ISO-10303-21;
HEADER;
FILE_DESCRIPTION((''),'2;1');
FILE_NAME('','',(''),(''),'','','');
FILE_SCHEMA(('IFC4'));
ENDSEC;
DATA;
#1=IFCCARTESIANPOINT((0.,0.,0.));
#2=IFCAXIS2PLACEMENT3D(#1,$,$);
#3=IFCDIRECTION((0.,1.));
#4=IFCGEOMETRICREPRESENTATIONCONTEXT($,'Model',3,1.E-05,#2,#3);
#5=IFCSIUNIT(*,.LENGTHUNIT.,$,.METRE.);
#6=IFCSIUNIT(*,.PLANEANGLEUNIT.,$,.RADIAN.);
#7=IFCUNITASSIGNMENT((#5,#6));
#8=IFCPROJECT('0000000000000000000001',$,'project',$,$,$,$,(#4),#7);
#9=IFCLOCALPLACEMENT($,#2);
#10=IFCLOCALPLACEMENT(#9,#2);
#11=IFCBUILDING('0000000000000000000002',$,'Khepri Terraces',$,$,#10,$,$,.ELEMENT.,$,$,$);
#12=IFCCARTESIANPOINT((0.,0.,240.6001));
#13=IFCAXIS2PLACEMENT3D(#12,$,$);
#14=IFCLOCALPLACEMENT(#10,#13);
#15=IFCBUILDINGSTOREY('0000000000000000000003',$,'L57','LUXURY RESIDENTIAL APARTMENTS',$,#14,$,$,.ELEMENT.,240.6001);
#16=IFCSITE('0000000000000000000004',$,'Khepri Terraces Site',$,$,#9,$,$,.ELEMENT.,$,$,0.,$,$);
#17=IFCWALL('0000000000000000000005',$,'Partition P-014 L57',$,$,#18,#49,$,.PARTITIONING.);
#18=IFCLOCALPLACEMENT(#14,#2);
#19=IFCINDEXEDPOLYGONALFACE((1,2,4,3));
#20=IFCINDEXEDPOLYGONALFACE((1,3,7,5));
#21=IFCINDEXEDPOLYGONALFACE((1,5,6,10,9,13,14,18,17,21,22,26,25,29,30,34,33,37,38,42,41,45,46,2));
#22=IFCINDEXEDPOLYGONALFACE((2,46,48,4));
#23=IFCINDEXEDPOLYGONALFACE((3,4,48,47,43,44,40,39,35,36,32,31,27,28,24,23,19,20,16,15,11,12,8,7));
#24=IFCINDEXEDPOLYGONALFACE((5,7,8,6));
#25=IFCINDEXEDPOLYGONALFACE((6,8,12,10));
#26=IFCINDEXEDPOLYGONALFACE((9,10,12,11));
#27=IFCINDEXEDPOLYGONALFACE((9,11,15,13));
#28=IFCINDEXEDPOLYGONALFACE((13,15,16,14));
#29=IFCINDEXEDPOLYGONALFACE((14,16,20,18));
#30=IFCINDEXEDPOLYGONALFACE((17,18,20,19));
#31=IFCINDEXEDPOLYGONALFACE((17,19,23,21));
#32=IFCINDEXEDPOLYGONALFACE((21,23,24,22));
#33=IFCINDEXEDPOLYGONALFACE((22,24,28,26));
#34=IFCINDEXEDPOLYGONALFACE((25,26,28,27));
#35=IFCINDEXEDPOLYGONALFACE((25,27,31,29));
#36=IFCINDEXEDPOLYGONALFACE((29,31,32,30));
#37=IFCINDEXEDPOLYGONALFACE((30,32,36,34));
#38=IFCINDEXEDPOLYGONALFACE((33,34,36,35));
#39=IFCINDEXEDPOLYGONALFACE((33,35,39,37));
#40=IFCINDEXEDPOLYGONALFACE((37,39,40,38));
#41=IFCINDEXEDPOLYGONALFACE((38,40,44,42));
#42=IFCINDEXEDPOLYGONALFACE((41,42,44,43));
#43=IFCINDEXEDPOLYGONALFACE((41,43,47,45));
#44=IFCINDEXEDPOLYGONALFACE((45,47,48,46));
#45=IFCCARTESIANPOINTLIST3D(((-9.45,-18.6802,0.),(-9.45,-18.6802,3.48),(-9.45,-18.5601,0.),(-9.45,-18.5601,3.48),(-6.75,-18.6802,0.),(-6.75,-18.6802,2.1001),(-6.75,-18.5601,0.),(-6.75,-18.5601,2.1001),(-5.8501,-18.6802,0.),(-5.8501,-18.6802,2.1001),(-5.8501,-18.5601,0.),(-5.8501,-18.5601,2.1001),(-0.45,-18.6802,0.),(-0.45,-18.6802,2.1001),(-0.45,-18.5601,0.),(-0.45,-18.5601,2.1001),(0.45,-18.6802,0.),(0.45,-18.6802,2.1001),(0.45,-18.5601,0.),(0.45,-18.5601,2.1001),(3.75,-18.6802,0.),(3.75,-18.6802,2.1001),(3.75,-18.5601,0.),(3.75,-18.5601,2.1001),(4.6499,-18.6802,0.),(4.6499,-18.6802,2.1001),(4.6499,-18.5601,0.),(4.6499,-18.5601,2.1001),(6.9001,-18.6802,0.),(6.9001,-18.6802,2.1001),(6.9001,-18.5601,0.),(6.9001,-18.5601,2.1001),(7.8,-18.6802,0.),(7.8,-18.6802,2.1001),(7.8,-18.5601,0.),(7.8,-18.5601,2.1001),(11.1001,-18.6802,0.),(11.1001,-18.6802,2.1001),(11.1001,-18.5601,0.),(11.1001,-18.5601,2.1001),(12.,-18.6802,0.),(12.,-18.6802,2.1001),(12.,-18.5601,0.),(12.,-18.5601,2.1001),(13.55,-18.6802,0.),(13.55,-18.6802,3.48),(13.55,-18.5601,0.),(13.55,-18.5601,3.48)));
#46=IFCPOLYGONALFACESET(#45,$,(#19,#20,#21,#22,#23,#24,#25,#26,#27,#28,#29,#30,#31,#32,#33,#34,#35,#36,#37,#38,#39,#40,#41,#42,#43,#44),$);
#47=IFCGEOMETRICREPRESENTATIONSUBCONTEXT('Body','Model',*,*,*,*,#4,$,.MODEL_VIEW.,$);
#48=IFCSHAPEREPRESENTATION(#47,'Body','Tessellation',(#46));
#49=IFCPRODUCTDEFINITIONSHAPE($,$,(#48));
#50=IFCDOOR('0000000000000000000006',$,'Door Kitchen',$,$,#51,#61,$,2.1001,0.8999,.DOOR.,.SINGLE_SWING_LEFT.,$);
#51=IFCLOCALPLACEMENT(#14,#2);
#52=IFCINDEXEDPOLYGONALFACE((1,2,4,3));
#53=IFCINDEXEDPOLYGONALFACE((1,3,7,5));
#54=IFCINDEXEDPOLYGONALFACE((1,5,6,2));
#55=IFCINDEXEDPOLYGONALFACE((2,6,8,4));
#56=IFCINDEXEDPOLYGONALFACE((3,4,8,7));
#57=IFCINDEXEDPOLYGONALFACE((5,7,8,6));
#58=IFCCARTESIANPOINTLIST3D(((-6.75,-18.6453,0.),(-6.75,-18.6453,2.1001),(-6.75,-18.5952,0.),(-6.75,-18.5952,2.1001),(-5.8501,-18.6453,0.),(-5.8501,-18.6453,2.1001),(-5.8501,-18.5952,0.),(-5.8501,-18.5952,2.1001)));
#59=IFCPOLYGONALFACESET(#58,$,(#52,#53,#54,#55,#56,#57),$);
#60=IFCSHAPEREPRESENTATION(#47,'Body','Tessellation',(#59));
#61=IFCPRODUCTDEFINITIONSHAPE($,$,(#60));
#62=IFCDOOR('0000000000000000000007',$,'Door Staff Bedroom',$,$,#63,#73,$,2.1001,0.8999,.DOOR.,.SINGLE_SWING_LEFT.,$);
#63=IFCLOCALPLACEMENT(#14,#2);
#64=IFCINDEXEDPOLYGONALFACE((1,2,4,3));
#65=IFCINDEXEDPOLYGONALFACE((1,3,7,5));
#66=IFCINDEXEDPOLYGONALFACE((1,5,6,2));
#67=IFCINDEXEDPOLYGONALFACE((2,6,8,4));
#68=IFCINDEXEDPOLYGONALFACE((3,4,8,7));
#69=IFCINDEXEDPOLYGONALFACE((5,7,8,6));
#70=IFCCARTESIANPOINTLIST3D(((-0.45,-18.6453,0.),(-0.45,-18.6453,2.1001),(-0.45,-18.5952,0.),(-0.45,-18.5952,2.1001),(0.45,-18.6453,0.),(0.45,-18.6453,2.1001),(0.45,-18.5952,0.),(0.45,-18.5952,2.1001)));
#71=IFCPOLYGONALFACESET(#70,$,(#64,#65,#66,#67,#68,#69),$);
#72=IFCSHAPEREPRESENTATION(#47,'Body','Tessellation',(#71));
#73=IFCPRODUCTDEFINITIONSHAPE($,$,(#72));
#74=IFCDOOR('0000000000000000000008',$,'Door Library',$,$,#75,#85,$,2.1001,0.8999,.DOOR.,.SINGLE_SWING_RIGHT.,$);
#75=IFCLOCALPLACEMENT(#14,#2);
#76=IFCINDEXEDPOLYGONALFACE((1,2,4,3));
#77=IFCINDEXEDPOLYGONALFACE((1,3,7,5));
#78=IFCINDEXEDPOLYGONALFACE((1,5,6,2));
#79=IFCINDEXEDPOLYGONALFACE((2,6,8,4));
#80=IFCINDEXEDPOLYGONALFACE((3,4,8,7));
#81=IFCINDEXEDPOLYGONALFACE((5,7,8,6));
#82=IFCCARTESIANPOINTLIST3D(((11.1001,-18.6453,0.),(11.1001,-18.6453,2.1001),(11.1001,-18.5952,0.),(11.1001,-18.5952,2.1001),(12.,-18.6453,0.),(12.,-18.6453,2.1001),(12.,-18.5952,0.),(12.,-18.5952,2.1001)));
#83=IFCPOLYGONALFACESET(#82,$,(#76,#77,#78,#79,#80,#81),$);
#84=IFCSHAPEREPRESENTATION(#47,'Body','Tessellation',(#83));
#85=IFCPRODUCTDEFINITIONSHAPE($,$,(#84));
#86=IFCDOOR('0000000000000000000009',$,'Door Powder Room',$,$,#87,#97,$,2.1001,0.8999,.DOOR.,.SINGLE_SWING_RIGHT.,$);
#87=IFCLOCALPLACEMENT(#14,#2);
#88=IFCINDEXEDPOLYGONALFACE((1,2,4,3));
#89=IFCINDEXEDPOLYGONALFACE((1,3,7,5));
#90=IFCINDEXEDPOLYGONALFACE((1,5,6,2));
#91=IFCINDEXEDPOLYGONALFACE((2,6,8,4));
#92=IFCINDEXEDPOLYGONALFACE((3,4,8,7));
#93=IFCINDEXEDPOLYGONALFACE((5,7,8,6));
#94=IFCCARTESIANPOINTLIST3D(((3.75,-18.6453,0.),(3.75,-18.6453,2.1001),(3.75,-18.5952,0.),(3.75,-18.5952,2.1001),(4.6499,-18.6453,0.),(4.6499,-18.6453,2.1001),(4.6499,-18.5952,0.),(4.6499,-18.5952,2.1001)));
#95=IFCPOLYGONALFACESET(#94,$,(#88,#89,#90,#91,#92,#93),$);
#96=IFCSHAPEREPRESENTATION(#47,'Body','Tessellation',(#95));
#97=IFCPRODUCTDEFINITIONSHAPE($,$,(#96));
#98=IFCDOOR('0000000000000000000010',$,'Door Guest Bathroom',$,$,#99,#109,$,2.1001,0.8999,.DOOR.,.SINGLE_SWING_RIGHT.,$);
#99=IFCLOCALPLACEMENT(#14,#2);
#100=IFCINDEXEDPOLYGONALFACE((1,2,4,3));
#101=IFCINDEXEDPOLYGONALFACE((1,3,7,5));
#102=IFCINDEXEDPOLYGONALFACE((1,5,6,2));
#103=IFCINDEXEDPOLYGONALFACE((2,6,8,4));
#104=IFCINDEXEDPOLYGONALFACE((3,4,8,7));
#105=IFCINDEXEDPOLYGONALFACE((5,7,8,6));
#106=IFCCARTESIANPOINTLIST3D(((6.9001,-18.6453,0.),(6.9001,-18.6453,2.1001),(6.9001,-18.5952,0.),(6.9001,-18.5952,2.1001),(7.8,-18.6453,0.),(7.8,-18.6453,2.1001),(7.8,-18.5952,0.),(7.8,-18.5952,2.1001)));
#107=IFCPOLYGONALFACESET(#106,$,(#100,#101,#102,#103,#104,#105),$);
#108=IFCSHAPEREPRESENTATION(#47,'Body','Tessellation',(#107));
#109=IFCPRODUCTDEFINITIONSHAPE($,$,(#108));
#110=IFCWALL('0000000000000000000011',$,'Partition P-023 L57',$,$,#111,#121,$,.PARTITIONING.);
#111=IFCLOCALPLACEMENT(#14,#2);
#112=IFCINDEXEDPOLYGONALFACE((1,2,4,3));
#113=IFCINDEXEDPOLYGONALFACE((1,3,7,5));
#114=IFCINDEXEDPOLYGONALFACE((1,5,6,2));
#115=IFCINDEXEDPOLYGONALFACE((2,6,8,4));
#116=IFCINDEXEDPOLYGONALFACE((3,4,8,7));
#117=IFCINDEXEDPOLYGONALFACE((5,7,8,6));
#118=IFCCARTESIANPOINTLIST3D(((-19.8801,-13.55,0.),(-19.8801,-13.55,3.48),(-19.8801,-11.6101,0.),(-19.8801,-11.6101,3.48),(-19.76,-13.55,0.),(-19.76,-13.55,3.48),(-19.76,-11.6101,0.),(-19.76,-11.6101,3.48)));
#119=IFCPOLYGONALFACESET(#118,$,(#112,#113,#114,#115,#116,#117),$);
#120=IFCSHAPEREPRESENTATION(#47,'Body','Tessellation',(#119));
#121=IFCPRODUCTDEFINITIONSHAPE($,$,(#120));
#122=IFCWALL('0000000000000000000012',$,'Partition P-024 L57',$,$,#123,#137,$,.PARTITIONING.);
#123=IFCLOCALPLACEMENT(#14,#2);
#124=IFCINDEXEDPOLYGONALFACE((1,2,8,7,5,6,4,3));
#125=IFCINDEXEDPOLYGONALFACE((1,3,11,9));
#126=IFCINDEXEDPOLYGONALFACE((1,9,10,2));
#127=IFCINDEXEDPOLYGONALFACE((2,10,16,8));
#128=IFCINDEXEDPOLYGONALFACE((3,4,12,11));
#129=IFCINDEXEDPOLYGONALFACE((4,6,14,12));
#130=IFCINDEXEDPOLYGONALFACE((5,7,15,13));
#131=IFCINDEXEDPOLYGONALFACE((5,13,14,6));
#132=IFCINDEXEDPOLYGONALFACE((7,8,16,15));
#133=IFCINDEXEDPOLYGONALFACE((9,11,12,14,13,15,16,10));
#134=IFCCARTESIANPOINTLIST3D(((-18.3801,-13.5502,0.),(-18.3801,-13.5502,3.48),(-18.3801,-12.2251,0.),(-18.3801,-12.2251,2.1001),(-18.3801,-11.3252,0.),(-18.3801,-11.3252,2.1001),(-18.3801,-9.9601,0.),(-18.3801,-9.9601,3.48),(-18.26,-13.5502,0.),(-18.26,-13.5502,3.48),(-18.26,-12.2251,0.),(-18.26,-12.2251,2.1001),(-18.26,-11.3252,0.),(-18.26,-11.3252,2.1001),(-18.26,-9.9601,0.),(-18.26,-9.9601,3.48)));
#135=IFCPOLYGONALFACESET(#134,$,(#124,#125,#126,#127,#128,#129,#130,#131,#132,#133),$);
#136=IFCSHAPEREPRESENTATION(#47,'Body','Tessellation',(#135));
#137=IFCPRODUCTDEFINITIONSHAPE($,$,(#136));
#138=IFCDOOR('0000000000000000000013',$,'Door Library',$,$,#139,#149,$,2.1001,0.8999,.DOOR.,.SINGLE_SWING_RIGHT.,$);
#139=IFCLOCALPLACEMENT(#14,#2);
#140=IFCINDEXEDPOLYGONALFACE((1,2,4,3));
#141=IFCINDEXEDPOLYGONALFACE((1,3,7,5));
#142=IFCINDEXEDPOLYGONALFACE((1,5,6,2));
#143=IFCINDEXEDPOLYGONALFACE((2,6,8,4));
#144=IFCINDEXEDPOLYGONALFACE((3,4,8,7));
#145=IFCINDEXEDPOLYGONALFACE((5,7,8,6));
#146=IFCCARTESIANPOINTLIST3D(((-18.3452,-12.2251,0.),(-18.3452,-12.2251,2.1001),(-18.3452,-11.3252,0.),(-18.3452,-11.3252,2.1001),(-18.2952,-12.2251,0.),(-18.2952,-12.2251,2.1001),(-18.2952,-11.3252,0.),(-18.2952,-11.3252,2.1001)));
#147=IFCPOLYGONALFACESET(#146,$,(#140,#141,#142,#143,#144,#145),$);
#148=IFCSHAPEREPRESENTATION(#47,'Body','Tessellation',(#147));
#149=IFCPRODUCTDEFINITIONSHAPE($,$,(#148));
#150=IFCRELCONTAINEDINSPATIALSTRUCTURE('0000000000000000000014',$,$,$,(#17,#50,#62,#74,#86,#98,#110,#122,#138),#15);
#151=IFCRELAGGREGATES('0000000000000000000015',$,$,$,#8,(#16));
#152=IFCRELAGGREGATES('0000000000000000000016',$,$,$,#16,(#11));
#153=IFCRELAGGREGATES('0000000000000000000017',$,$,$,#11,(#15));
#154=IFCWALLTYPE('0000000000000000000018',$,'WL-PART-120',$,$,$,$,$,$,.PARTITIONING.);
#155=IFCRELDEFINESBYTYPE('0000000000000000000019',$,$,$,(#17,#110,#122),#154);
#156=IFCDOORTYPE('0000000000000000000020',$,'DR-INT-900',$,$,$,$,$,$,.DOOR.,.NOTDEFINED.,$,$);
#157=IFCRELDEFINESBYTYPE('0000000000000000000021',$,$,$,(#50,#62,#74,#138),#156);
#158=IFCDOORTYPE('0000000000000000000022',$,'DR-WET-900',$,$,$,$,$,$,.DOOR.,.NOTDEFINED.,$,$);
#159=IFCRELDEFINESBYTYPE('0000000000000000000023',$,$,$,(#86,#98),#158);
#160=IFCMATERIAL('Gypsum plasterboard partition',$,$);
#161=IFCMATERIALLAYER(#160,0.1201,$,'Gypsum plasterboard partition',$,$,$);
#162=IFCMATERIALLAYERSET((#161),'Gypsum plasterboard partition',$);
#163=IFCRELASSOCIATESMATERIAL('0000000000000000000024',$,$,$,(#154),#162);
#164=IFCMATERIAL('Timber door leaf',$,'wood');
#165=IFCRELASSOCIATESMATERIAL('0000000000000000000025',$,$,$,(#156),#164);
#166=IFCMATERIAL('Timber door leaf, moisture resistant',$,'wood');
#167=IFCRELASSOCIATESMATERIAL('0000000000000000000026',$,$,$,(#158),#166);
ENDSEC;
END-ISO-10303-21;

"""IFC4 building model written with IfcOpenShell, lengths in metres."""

from ifc_helpers import new_model, si_unit, direction, frame, frame_2d, origin, place, context, subcontext, project, spatial, rectangle, extrude, material, layer, layer_set, type_object, element, fill, save


model = new_model("IFC4")

# Units and contexts
model_context = context("Model", 3, precision=1e-05, world=origin(), true_north=direction((0.0, 1.0)))
body_context = subcontext(model_context, "Body", "Model", "MODEL_VIEW")
ifc_project = project(units=[si_unit("LENGTHUNIT", "METRE"), si_unit("PLANEANGLEUNIT", "RADIAN")], contexts=[model_context])

# Site, building, storey
site_placement = place(None, origin())
site = spatial("IfcSite", under=ifc_project, at=site_placement, Name="Khepri Terraces Site", CompositionType="ELEMENT", RefElevation=0.0)
building_placement = place(site_placement, origin())
building = spatial("IfcBuilding", under=site, at=building_placement, Name="Khepri Terraces", CompositionType="ELEMENT")
storey_placement = place(building_placement, frame((0.0, 0.0, 240.6001)))
storey = spatial("IfcBuildingStorey", under=building, at=storey_placement, Name="L57", Description="LUXURY RESIDENTIAL APARTMENTS", CompositionType="ELEMENT", Elevation=240.6001)

# Shared definitions
ifc_material_1 = material(Name="Gypsum plasterboard partition")
ifc_layer_1 = layer(ifc_material_1, 0.1201, Name="Gypsum plasterboard partition")
ifc_layer_set_1 = layer_set([ifc_layer_1], Name="Gypsum plasterboard partition")
wall_type_1 = type_object("IfcWallType", Name="WL-PART-120", PredefinedType="PARTITIONING", material=ifc_layer_set_1)

# Shared definitions
ifc_material_2 = material(Name="Timber door leaf", Category="wood")
door_type_1 = type_object("IfcDoorType", Name="DR-INT-900", OperationType="NOTDEFINED", PredefinedType="DOOR", material=ifc_material_2)

# Wall, openings, doors
wall_1_placement = place(storey_placement, frame((-9.45, -18.6201, 0.0), z_axis=(0.0, 0.0, 1.0), x_axis=(1.0, 0.0, 0.0)))
wall_1 = element("IfcWall", 1, at=wall_1_placement, inside=storey, type_object=wall_type_1, Name="Partition P-014 L57", PredefinedType="PARTITIONING", context=body_context, shape_type="SweptSolid", body=[
    extrude(rectangle(XDim=23.0, YDim=0.1201, at=frame_2d((11.5, 0.0))), origin(), (0.0, 0.0, 1.0), 3.48),
])
opening_1_placement = place(wall_1_placement, frame((2.7, 0.0, 0.0)))
opening_1 = element("IfcOpeningElement", 2, at=opening_1_placement, cuts=wall_1, PredefinedType="OPENING", context=body_context, shape_type="SweptSolid", body=[
    extrude(rectangle(XDim=0.8999, YDim=2.1001, at=frame_2d((0.45, 1.05))), frame((0.0, 0.0701, 0.0), z_axis=(0.0, -1.0, 0.0), x_axis=(1.0, 0.0, 0.0)), (0.0, 0.0, 1.0), 0.1401),
])
opening_2_placement = place(wall_1_placement, frame((9.0, 0.0, 0.0)))
opening_2 = element("IfcOpeningElement", 3, at=opening_2_placement, cuts=wall_1, PredefinedType="OPENING", context=body_context, shape_type="SweptSolid", body=[
    extrude(rectangle(XDim=0.8999, YDim=2.1001, at=frame_2d((0.45, 1.05))), frame((0.0, 0.0701, 0.0), z_axis=(0.0, -1.0, 0.0), x_axis=(1.0, 0.0, 0.0)), (0.0, 0.0, 1.0), 0.1401),
])
opening_3_placement = place(wall_1_placement, frame((13.2, 0.0, 0.0)))
opening_3 = element("IfcOpeningElement", 4, at=opening_3_placement, cuts=wall_1, PredefinedType="OPENING", context=body_context, shape_type="SweptSolid", body=[
    extrude(rectangle(XDim=0.8999, YDim=2.1001, at=frame_2d((0.45, 1.05))), frame((0.0, 0.0701, 0.0), z_axis=(0.0, -1.0, 0.0), x_axis=(1.0, 0.0, 0.0)), (0.0, 0.0, 1.0), 0.1401),
])
opening_4_placement = place(wall_1_placement, frame((16.3501, 0.0, 0.0)))
opening_4 = element("IfcOpeningElement", 5, at=opening_4_placement, cuts=wall_1, PredefinedType="OPENING", context=body_context, shape_type="SweptSolid", body=[
    extrude(rectangle(XDim=0.8999, YDim=2.1001, at=frame_2d((0.45, 1.05))), frame((0.0, 0.0701, 0.0), z_axis=(0.0, -1.0, 0.0), x_axis=(1.0, 0.0, 0.0)), (0.0, 0.0, 1.0), 0.1401),
])
opening_5_placement = place(wall_1_placement, frame((20.55, 0.0, 0.0)))
opening_5 = element("IfcOpeningElement", 6, at=opening_5_placement, cuts=wall_1, PredefinedType="OPENING", context=body_context, shape_type="SweptSolid", body=[
    extrude(rectangle(XDim=0.8999, YDim=2.1001, at=frame_2d((0.45, 1.05))), frame((0.0, 0.0701, 0.0), z_axis=(0.0, -1.0, 0.0), x_axis=(1.0, 0.0, 0.0)), (0.0, 0.0, 1.0), 0.1401),
])
door_1_placement = place(opening_1_placement, origin())
door_1 = element("IfcDoor", 7, at=door_1_placement, inside=storey, type_object=door_type_1, Name="Door Kitchen", OperationType="SINGLE_SWING_LEFT", OverallHeight=2.1001, OverallWidth=0.8999, PredefinedType="DOOR", context=body_context, shape_type="SweptSolid", body=[
    extrude(rectangle(XDim=0.8999, YDim=2.1001, at=frame_2d((0.45, 1.05))), frame((0.0, 0.0249, 0.0), z_axis=(0.0, -1.0, 0.0), x_axis=(1.0, 0.0, 0.0)), (0.0, 0.0, 1.0), 0.05),
])
fill(opening_1, door_1)
door_2_placement = place(opening_2_placement, origin())
door_2 = element("IfcDoor", 8, at=door_2_placement, inside=storey, type_object=door_type_1, Name="Door Staff Bedroom", OperationType="SINGLE_SWING_LEFT", OverallHeight=2.1001, OverallWidth=0.8999, PredefinedType="DOOR", context=body_context, shape_type="SweptSolid", body=[
    extrude(rectangle(XDim=0.8999, YDim=2.1001, at=frame_2d((0.45, 1.05))), frame((0.0, 0.0249, 0.0), z_axis=(0.0, -1.0, 0.0), x_axis=(1.0, 0.0, 0.0)), (0.0, 0.0, 1.0), 0.05),
])
fill(opening_2, door_2)
door_3_placement = place(opening_5_placement, origin())
door_3 = element("IfcDoor", 9, at=door_3_placement, inside=storey, type_object=door_type_1, Name="Door Library", OperationType="SINGLE_SWING_RIGHT", OverallHeight=2.1001, OverallWidth=0.8999, PredefinedType="DOOR", context=body_context, shape_type="SweptSolid", body=[
    extrude(rectangle(XDim=0.8999, YDim=2.1001, at=frame_2d((0.45, 1.05))), frame((0.0, 0.0249, 0.0), z_axis=(0.0, -1.0, 0.0), x_axis=(1.0, 0.0, 0.0)), (0.0, 0.0, 1.0), 0.05),
])
fill(opening_5, door_3)
ifc_material_3 = material(Name="Timber door leaf, moisture resistant", Category="wood")
door_type_2 = type_object("IfcDoorType", Name="DR-WET-900", OperationType="NOTDEFINED", PredefinedType="DOOR", material=ifc_material_3)
door_4_placement = place(opening_3_placement, origin())
door_4 = element("IfcDoor", 10, at=door_4_placement, inside=storey, type_object=door_type_2, Name="Door Powder Room", OperationType="SINGLE_SWING_RIGHT", OverallHeight=2.1001, OverallWidth=0.8999, PredefinedType="DOOR", context=body_context, shape_type="SweptSolid", body=[
    extrude(rectangle(XDim=0.8999, YDim=2.1001, at=frame_2d((0.45, 1.05))), frame((0.0, 0.0249, 0.0), z_axis=(0.0, -1.0, 0.0), x_axis=(1.0, 0.0, 0.0)), (0.0, 0.0, 1.0), 0.05),
])
fill(opening_3, door_4)
door_5_placement = place(opening_4_placement, origin())
door_5 = element("IfcDoor", 11, at=door_5_placement, inside=storey, type_object=door_type_2, Name="Door Guest Bathroom", OperationType="SINGLE_SWING_RIGHT", OverallHeight=2.1001, OverallWidth=0.8999, PredefinedType="DOOR", context=body_context, shape_type="SweptSolid", body=[
    extrude(rectangle(XDim=0.8999, YDim=2.1001, at=frame_2d((0.45, 1.05))), frame((0.0, 0.0249, 0.0), z_axis=(0.0, -1.0, 0.0), x_axis=(1.0, 0.0, 0.0)), (0.0, 0.0, 1.0), 0.05),
])
fill(opening_4, door_5)

# Wall
wall_2_placement = place(storey_placement, frame((-19.8201, -13.55, 0.0), z_axis=(0.0, 0.0, 1.0), x_axis=(0.0, 1.0, 0.0)))
element("IfcWall", 12, at=wall_2_placement, inside=storey, type_object=wall_type_1, Name="Partition P-023 L57", PredefinedType="PARTITIONING", context=body_context, shape_type="SweptSolid", body=[
    extrude(rectangle(XDim=1.9399, YDim=0.1201, at=frame_2d((0.97, 0.0))), origin(), (0.0, 0.0, 1.0), 3.48),
])

# Wall, opening, door
wall_3_placement = place(storey_placement, frame((-18.3201, -13.55, 0.0), z_axis=(0.0, 0.0, 1.0), x_axis=(0.0, 1.0, 0.0)))
wall_3 = element("IfcWall", 13, at=wall_3_placement, inside=storey, type_object=wall_type_1, Name="Partition P-024 L57", PredefinedType="PARTITIONING", context=body_context, shape_type="SweptSolid", body=[
    extrude(rectangle(XDim=3.5901, YDim=0.1201, at=frame_2d((1.7949, 0.0))), origin(), (0.0, 0.0, 1.0), 3.48),
])
opening_6_placement = place(wall_3_placement, frame((1.325, 0.0, 0.0)))
opening_6 = element("IfcOpeningElement", 14, at=opening_6_placement, cuts=wall_3, PredefinedType="OPENING", context=body_context, shape_type="SweptSolid", body=[
    extrude(rectangle(XDim=0.8999, YDim=2.1001, at=frame_2d((0.45, 1.05))), frame((0.0, 0.0701, 0.0), z_axis=(0.0, -1.0, 0.0), x_axis=(1.0, 0.0, 0.0)), (0.0, 0.0, 1.0), 0.1401),
])
door_6_placement = place(opening_6_placement, frame((0.8999, 0.0, 0.0), z_axis=(0.0, 0.0, 1.0), x_axis=(-1.0, 0.0, 0.0)))
door_6 = element("IfcDoor", 15, at=door_6_placement, inside=storey, type_object=door_type_1, Name="Door Library", OperationType="SINGLE_SWING_RIGHT", OverallHeight=2.1001, OverallWidth=0.8999, PredefinedType="DOOR", context=body_context, shape_type="SweptSolid", body=[
    extrude(rectangle(XDim=0.8999, YDim=2.1001, at=frame_2d((0.45, 1.05))), frame((0.0, 0.0249, 0.0), z_axis=(0.0, -1.0, 0.0), x_axis=(1.0, 0.0, 0.0)), (0.0, 0.0, 1.0), 0.05),
])
fill(opening_6, door_6)

save(model, "model.ifc")
